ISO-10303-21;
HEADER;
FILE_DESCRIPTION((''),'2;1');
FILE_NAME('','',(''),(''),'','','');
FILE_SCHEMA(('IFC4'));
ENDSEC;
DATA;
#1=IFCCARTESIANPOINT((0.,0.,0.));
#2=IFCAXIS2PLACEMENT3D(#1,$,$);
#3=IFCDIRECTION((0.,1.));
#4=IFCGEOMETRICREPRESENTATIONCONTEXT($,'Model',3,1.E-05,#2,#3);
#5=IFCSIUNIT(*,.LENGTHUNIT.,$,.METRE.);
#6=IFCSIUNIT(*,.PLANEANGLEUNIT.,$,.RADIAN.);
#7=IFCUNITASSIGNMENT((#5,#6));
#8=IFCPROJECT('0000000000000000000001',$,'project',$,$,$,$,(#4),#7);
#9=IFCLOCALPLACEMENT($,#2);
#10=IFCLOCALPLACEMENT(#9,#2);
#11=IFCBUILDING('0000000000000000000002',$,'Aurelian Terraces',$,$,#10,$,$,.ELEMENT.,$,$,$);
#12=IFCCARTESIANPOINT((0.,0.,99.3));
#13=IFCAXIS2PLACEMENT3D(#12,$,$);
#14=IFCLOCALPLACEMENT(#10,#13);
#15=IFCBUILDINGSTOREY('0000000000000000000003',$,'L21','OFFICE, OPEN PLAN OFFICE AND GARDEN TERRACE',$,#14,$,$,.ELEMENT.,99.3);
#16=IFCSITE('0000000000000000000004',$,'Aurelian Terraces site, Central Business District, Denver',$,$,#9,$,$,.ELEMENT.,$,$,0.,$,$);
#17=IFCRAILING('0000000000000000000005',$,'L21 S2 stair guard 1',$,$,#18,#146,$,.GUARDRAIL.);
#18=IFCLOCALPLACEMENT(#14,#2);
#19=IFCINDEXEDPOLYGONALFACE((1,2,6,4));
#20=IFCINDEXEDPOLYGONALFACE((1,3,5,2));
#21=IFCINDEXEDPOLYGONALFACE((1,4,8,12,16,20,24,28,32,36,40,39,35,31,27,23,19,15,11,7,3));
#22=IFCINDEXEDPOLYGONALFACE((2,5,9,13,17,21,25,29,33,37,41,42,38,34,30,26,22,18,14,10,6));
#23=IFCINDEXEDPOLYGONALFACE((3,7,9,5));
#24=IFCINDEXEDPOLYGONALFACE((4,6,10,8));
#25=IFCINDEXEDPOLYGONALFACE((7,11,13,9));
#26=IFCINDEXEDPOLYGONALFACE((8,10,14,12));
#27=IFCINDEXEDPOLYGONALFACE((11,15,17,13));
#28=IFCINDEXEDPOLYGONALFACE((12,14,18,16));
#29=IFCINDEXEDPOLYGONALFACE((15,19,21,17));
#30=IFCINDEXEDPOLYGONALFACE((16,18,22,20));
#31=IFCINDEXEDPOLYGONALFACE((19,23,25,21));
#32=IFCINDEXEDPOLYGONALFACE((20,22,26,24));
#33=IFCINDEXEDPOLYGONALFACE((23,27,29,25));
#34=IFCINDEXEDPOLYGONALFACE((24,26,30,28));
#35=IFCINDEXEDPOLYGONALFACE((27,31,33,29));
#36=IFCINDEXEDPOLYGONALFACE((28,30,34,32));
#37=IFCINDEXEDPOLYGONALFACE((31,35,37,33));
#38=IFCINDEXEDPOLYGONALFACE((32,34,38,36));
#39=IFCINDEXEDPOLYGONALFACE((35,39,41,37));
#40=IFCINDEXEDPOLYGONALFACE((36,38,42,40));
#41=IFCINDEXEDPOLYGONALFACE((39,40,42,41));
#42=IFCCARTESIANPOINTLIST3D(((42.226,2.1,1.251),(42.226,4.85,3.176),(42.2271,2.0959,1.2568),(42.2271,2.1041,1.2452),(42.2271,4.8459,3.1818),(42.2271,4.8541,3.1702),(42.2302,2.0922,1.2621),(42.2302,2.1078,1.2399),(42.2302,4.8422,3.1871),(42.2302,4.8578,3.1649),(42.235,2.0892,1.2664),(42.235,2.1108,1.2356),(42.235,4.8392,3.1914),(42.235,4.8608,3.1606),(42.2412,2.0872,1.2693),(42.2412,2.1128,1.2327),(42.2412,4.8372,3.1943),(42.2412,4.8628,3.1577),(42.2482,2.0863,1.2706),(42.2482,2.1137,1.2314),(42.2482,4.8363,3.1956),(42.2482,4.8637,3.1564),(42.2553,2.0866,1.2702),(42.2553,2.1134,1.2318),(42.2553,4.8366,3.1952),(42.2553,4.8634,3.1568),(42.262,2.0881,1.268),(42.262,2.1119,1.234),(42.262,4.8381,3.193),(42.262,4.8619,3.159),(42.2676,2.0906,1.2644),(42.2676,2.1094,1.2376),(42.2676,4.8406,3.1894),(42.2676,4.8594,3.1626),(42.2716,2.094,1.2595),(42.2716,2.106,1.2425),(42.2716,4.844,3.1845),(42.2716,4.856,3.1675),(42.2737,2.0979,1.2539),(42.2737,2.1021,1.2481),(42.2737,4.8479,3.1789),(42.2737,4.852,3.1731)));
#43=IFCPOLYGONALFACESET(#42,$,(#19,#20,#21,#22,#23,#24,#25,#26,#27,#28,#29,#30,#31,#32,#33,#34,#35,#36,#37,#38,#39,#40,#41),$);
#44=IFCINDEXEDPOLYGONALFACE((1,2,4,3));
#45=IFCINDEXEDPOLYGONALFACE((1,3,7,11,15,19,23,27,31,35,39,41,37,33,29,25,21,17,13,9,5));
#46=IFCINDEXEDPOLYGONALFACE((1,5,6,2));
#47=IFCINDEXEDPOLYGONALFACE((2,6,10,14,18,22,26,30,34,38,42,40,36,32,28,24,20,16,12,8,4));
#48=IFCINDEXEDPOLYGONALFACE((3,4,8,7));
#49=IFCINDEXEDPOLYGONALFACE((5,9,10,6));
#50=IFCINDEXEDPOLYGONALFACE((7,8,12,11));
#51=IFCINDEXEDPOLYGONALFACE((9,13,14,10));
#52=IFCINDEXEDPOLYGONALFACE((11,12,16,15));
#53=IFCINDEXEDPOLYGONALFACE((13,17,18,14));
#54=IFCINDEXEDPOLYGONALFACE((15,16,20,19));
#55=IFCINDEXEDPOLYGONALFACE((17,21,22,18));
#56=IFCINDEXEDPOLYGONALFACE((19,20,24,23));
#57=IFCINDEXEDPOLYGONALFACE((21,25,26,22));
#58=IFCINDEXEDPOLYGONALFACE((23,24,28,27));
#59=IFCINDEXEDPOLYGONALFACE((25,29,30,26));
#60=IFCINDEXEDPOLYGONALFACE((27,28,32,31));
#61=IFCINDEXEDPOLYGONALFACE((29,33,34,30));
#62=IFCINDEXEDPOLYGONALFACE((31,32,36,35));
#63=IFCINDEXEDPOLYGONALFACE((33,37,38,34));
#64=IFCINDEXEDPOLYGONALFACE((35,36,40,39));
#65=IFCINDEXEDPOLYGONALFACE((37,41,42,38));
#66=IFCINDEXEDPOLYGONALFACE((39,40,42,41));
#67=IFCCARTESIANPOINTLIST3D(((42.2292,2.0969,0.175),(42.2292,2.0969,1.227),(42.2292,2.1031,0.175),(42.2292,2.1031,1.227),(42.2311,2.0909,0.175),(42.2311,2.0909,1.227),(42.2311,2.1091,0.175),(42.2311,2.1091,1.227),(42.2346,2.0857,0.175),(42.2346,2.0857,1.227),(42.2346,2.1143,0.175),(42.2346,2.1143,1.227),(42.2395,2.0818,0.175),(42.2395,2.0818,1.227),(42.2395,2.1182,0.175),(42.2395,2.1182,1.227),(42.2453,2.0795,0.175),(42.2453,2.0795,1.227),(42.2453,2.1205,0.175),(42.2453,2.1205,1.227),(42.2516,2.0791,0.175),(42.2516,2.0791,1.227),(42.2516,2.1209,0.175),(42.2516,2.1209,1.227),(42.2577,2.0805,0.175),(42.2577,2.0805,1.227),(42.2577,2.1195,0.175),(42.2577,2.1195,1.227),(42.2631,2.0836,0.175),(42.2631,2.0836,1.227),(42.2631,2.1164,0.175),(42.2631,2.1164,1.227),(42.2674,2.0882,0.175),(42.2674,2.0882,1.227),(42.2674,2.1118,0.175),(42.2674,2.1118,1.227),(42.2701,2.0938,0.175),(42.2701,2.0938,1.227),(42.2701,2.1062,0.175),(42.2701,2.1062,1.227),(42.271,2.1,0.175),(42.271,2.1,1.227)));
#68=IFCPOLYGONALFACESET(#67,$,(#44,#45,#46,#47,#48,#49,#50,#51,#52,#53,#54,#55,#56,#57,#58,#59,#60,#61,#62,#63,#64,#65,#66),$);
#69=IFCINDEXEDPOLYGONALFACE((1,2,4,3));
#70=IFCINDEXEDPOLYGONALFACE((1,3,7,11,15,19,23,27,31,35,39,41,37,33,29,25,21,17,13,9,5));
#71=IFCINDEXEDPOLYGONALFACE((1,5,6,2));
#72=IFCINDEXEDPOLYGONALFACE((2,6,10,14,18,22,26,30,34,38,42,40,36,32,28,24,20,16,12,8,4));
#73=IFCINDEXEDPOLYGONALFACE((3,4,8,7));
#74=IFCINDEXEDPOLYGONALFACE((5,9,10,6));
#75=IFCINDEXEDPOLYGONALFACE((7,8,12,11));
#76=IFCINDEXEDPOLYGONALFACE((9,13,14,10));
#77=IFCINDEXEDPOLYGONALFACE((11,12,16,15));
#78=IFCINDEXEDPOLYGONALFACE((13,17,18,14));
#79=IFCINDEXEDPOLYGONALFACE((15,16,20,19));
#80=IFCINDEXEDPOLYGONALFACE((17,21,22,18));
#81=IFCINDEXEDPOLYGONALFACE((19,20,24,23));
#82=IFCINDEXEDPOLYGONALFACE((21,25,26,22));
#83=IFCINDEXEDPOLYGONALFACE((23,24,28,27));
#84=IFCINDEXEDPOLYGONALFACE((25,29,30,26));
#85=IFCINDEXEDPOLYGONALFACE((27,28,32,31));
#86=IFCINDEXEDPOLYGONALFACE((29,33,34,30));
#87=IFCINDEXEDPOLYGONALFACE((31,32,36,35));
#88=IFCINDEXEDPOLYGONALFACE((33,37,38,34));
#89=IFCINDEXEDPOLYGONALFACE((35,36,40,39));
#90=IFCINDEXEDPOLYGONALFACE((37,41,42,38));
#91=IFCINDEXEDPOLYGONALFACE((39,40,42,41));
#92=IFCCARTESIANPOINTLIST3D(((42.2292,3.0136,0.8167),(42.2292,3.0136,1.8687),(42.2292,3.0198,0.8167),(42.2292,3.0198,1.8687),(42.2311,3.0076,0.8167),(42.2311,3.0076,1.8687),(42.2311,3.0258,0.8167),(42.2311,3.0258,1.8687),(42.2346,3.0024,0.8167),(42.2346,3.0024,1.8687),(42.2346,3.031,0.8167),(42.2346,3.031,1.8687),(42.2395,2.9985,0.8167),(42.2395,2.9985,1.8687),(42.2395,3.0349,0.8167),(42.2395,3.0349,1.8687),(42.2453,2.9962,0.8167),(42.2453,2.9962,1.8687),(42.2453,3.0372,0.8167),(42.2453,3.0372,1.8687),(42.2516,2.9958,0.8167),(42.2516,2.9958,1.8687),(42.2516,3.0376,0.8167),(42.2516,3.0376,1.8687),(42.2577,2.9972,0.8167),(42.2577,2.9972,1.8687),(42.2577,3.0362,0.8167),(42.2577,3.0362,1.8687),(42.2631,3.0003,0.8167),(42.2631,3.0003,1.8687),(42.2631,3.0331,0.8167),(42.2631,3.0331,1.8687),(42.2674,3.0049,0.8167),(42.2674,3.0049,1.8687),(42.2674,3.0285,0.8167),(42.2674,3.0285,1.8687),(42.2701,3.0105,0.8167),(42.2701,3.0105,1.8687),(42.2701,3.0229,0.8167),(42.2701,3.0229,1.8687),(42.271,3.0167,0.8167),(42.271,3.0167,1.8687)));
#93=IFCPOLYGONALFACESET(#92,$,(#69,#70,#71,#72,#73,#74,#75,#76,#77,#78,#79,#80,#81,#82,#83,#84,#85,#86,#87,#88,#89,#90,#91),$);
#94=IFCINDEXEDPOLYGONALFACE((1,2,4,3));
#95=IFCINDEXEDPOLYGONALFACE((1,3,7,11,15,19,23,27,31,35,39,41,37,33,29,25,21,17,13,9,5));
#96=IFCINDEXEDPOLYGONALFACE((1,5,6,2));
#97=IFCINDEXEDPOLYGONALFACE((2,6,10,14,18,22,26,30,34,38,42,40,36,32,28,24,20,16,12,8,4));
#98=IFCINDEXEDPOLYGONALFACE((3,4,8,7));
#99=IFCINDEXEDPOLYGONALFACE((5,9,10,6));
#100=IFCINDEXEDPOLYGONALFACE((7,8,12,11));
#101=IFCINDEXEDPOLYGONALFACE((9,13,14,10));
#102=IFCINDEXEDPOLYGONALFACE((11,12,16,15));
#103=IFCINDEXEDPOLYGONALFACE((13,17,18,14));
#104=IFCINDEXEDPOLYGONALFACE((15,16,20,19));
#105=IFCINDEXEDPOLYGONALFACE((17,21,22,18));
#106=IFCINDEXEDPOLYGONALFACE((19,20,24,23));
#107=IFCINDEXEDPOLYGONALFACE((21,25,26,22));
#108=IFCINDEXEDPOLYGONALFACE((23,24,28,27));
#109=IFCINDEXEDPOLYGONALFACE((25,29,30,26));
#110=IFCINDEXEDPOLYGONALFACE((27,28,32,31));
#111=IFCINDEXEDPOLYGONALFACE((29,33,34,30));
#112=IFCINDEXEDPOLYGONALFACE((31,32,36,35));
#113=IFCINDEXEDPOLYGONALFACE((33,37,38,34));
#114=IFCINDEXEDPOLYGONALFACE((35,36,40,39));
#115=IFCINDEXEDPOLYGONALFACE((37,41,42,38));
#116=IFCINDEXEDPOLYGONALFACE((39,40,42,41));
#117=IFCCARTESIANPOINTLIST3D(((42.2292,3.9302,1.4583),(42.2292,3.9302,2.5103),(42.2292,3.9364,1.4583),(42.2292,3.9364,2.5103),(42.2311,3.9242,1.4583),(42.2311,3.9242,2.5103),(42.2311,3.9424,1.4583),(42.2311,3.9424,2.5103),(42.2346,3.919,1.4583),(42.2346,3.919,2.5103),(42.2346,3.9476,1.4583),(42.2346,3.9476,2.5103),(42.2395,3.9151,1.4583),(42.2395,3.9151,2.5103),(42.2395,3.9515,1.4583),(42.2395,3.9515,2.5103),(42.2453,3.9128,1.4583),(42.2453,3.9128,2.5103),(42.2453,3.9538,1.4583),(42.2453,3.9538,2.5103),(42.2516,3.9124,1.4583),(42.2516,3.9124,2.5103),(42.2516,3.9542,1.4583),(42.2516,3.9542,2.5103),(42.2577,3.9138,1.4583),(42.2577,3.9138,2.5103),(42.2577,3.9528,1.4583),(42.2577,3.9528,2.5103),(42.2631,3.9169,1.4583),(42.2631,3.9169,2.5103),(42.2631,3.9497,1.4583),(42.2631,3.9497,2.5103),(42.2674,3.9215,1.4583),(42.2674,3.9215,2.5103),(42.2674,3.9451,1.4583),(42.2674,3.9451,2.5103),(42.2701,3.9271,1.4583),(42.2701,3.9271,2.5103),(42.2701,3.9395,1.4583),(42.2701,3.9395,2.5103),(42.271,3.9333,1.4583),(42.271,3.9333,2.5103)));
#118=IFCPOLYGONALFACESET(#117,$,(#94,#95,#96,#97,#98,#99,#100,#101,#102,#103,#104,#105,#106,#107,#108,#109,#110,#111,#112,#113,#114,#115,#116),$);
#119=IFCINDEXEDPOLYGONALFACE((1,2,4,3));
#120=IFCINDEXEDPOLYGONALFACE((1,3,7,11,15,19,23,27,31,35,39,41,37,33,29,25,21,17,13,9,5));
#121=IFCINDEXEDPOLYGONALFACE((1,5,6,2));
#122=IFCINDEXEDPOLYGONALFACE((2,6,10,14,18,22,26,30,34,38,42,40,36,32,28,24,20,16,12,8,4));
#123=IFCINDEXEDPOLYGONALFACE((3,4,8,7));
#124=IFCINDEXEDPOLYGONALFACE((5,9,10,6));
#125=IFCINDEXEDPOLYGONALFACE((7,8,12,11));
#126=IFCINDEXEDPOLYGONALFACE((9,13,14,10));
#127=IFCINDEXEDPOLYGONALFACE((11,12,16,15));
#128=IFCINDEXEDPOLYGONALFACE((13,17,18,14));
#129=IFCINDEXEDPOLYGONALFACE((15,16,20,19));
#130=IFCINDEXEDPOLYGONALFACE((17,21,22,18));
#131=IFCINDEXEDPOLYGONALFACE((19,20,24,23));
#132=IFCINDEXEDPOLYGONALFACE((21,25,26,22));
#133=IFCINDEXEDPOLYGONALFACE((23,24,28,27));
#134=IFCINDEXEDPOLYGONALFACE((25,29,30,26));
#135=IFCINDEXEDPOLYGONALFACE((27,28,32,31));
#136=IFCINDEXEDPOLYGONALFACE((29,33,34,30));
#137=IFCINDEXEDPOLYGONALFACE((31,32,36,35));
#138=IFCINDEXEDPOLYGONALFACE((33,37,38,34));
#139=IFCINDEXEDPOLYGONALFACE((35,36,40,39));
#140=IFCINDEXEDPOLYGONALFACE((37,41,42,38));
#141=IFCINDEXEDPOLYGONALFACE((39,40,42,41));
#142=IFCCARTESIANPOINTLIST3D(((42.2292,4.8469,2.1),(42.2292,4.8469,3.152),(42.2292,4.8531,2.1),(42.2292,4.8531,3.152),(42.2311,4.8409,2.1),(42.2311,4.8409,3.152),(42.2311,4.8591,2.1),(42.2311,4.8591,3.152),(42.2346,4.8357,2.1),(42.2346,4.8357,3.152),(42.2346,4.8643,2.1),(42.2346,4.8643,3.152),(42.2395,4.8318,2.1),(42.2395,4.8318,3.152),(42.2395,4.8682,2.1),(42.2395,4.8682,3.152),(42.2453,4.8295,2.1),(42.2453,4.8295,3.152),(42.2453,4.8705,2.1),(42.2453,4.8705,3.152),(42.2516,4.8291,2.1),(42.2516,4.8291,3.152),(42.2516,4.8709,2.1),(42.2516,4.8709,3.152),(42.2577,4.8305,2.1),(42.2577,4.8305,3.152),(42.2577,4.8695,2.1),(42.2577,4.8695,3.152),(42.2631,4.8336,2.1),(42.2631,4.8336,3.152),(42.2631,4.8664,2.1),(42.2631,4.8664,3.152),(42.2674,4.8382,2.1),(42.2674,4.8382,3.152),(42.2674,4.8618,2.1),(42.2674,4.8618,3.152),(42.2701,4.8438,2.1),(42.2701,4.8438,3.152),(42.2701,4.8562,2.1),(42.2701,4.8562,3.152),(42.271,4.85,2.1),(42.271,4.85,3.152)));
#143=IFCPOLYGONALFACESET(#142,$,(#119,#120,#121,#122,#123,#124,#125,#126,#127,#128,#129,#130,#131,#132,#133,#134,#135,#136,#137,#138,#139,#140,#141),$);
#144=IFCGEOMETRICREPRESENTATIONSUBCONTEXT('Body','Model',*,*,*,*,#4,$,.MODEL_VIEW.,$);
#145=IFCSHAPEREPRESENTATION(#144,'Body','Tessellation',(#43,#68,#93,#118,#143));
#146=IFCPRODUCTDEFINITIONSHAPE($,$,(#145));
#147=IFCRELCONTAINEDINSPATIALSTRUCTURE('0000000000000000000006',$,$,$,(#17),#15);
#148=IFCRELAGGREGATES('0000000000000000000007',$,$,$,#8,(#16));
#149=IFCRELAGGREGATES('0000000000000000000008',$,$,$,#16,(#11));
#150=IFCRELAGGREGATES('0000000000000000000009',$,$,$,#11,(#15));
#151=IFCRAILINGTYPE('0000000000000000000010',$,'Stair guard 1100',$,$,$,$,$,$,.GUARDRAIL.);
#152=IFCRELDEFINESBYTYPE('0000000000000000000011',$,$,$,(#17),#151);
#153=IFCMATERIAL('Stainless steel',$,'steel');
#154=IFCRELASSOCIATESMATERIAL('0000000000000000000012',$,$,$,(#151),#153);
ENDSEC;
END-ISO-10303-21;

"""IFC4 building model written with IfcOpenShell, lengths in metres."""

from ifc_helpers import new_model, si_unit, direction, frame, origin, origin_2d, place, context, subcontext, project, spatial, circle, extrude, source, transform, mapped, material, type_object, element, save


model = new_model("IFC4")

# Units and contexts
model_context = context("Model", 3, precision=1e-05, world=origin(), true_north=direction((0.0, 1.0)))
body_context = subcontext(model_context, "Body", "Model", "MODEL_VIEW")
ifc_project = project(units=[si_unit("LENGTHUNIT", "METRE"), si_unit("PLANEANGLEUNIT", "RADIAN")], contexts=[model_context])

# Site, building, storey
site_placement = place(None, origin())
site = spatial("IfcSite", under=ifc_project, at=site_placement, Name="Aurelian Terraces site, Central Business District, Denver", CompositionType="ELEMENT", RefElevation=0.0)
building_placement = place(site_placement, origin())
building = spatial("IfcBuilding", under=site, at=building_placement, Name="Aurelian Terraces", CompositionType="ELEMENT")
storey_placement = place(building_placement, frame((0.0, 0.0, 99.3)))
storey = spatial("IfcBuildingStorey", under=building, at=storey_placement, Name="L21", Description="OFFICE, OPEN PLAN OFFICE AND GARDEN TERRACE", CompositionType="ELEMENT", Elevation=99.3)

# Railing
ifc_material_1 = material(Name="Stainless steel", Category="steel")
railing_type_1 = type_object("IfcRailingType", Name="Stair guard 1100", PredefinedType="GUARDRAIL", material=ifc_material_1)
shared_shape_1 = source(origin(), body_context, "Body", "SweptSolid", [
    extrude(circle(Radius=0.024, at=origin_2d()), frame((0.0, 0.0, 1.076), z_axis=(0.0, 0.819232, 0.573462), x_axis=(-1.0, 0.0, 0.0)), (0.0, 0.0, 1.0), 3.3568),
    extrude(circle(Radius=0.021, at=origin_2d()), origin(), (0.0, 0.0, 1.0), 1.052),
    extrude(circle(Radius=0.021, at=origin_2d()), frame((0.0, 0.9167, 0.6417)), (0.0, 0.0, 1.0), 1.052),
    extrude(circle(Radius=0.021, at=origin_2d()), frame((0.0, 1.8333, 1.2833)), (0.0, 0.0, 1.0), 1.052),
    extrude(circle(Radius=0.021, at=origin_2d()), frame((0.0, 2.75, 1.925)), (0.0, 0.0, 1.0), 1.052),
])
railing_1_placement = place(storey_placement, frame((42.25, 2.1, 0.175)))
element("IfcRailing", 1, at=railing_1_placement, inside=storey, type_object=railing_type_1, Name="L21 S2 stair guard 1", PredefinedType="GUARDRAIL", context=body_context, shape_type="MappedRepresentation", body=[
    mapped(shared_shape_1, transform((0.0, 0.0, 0.0), scale=1.0)),
])

save(model, "model.ifc")
